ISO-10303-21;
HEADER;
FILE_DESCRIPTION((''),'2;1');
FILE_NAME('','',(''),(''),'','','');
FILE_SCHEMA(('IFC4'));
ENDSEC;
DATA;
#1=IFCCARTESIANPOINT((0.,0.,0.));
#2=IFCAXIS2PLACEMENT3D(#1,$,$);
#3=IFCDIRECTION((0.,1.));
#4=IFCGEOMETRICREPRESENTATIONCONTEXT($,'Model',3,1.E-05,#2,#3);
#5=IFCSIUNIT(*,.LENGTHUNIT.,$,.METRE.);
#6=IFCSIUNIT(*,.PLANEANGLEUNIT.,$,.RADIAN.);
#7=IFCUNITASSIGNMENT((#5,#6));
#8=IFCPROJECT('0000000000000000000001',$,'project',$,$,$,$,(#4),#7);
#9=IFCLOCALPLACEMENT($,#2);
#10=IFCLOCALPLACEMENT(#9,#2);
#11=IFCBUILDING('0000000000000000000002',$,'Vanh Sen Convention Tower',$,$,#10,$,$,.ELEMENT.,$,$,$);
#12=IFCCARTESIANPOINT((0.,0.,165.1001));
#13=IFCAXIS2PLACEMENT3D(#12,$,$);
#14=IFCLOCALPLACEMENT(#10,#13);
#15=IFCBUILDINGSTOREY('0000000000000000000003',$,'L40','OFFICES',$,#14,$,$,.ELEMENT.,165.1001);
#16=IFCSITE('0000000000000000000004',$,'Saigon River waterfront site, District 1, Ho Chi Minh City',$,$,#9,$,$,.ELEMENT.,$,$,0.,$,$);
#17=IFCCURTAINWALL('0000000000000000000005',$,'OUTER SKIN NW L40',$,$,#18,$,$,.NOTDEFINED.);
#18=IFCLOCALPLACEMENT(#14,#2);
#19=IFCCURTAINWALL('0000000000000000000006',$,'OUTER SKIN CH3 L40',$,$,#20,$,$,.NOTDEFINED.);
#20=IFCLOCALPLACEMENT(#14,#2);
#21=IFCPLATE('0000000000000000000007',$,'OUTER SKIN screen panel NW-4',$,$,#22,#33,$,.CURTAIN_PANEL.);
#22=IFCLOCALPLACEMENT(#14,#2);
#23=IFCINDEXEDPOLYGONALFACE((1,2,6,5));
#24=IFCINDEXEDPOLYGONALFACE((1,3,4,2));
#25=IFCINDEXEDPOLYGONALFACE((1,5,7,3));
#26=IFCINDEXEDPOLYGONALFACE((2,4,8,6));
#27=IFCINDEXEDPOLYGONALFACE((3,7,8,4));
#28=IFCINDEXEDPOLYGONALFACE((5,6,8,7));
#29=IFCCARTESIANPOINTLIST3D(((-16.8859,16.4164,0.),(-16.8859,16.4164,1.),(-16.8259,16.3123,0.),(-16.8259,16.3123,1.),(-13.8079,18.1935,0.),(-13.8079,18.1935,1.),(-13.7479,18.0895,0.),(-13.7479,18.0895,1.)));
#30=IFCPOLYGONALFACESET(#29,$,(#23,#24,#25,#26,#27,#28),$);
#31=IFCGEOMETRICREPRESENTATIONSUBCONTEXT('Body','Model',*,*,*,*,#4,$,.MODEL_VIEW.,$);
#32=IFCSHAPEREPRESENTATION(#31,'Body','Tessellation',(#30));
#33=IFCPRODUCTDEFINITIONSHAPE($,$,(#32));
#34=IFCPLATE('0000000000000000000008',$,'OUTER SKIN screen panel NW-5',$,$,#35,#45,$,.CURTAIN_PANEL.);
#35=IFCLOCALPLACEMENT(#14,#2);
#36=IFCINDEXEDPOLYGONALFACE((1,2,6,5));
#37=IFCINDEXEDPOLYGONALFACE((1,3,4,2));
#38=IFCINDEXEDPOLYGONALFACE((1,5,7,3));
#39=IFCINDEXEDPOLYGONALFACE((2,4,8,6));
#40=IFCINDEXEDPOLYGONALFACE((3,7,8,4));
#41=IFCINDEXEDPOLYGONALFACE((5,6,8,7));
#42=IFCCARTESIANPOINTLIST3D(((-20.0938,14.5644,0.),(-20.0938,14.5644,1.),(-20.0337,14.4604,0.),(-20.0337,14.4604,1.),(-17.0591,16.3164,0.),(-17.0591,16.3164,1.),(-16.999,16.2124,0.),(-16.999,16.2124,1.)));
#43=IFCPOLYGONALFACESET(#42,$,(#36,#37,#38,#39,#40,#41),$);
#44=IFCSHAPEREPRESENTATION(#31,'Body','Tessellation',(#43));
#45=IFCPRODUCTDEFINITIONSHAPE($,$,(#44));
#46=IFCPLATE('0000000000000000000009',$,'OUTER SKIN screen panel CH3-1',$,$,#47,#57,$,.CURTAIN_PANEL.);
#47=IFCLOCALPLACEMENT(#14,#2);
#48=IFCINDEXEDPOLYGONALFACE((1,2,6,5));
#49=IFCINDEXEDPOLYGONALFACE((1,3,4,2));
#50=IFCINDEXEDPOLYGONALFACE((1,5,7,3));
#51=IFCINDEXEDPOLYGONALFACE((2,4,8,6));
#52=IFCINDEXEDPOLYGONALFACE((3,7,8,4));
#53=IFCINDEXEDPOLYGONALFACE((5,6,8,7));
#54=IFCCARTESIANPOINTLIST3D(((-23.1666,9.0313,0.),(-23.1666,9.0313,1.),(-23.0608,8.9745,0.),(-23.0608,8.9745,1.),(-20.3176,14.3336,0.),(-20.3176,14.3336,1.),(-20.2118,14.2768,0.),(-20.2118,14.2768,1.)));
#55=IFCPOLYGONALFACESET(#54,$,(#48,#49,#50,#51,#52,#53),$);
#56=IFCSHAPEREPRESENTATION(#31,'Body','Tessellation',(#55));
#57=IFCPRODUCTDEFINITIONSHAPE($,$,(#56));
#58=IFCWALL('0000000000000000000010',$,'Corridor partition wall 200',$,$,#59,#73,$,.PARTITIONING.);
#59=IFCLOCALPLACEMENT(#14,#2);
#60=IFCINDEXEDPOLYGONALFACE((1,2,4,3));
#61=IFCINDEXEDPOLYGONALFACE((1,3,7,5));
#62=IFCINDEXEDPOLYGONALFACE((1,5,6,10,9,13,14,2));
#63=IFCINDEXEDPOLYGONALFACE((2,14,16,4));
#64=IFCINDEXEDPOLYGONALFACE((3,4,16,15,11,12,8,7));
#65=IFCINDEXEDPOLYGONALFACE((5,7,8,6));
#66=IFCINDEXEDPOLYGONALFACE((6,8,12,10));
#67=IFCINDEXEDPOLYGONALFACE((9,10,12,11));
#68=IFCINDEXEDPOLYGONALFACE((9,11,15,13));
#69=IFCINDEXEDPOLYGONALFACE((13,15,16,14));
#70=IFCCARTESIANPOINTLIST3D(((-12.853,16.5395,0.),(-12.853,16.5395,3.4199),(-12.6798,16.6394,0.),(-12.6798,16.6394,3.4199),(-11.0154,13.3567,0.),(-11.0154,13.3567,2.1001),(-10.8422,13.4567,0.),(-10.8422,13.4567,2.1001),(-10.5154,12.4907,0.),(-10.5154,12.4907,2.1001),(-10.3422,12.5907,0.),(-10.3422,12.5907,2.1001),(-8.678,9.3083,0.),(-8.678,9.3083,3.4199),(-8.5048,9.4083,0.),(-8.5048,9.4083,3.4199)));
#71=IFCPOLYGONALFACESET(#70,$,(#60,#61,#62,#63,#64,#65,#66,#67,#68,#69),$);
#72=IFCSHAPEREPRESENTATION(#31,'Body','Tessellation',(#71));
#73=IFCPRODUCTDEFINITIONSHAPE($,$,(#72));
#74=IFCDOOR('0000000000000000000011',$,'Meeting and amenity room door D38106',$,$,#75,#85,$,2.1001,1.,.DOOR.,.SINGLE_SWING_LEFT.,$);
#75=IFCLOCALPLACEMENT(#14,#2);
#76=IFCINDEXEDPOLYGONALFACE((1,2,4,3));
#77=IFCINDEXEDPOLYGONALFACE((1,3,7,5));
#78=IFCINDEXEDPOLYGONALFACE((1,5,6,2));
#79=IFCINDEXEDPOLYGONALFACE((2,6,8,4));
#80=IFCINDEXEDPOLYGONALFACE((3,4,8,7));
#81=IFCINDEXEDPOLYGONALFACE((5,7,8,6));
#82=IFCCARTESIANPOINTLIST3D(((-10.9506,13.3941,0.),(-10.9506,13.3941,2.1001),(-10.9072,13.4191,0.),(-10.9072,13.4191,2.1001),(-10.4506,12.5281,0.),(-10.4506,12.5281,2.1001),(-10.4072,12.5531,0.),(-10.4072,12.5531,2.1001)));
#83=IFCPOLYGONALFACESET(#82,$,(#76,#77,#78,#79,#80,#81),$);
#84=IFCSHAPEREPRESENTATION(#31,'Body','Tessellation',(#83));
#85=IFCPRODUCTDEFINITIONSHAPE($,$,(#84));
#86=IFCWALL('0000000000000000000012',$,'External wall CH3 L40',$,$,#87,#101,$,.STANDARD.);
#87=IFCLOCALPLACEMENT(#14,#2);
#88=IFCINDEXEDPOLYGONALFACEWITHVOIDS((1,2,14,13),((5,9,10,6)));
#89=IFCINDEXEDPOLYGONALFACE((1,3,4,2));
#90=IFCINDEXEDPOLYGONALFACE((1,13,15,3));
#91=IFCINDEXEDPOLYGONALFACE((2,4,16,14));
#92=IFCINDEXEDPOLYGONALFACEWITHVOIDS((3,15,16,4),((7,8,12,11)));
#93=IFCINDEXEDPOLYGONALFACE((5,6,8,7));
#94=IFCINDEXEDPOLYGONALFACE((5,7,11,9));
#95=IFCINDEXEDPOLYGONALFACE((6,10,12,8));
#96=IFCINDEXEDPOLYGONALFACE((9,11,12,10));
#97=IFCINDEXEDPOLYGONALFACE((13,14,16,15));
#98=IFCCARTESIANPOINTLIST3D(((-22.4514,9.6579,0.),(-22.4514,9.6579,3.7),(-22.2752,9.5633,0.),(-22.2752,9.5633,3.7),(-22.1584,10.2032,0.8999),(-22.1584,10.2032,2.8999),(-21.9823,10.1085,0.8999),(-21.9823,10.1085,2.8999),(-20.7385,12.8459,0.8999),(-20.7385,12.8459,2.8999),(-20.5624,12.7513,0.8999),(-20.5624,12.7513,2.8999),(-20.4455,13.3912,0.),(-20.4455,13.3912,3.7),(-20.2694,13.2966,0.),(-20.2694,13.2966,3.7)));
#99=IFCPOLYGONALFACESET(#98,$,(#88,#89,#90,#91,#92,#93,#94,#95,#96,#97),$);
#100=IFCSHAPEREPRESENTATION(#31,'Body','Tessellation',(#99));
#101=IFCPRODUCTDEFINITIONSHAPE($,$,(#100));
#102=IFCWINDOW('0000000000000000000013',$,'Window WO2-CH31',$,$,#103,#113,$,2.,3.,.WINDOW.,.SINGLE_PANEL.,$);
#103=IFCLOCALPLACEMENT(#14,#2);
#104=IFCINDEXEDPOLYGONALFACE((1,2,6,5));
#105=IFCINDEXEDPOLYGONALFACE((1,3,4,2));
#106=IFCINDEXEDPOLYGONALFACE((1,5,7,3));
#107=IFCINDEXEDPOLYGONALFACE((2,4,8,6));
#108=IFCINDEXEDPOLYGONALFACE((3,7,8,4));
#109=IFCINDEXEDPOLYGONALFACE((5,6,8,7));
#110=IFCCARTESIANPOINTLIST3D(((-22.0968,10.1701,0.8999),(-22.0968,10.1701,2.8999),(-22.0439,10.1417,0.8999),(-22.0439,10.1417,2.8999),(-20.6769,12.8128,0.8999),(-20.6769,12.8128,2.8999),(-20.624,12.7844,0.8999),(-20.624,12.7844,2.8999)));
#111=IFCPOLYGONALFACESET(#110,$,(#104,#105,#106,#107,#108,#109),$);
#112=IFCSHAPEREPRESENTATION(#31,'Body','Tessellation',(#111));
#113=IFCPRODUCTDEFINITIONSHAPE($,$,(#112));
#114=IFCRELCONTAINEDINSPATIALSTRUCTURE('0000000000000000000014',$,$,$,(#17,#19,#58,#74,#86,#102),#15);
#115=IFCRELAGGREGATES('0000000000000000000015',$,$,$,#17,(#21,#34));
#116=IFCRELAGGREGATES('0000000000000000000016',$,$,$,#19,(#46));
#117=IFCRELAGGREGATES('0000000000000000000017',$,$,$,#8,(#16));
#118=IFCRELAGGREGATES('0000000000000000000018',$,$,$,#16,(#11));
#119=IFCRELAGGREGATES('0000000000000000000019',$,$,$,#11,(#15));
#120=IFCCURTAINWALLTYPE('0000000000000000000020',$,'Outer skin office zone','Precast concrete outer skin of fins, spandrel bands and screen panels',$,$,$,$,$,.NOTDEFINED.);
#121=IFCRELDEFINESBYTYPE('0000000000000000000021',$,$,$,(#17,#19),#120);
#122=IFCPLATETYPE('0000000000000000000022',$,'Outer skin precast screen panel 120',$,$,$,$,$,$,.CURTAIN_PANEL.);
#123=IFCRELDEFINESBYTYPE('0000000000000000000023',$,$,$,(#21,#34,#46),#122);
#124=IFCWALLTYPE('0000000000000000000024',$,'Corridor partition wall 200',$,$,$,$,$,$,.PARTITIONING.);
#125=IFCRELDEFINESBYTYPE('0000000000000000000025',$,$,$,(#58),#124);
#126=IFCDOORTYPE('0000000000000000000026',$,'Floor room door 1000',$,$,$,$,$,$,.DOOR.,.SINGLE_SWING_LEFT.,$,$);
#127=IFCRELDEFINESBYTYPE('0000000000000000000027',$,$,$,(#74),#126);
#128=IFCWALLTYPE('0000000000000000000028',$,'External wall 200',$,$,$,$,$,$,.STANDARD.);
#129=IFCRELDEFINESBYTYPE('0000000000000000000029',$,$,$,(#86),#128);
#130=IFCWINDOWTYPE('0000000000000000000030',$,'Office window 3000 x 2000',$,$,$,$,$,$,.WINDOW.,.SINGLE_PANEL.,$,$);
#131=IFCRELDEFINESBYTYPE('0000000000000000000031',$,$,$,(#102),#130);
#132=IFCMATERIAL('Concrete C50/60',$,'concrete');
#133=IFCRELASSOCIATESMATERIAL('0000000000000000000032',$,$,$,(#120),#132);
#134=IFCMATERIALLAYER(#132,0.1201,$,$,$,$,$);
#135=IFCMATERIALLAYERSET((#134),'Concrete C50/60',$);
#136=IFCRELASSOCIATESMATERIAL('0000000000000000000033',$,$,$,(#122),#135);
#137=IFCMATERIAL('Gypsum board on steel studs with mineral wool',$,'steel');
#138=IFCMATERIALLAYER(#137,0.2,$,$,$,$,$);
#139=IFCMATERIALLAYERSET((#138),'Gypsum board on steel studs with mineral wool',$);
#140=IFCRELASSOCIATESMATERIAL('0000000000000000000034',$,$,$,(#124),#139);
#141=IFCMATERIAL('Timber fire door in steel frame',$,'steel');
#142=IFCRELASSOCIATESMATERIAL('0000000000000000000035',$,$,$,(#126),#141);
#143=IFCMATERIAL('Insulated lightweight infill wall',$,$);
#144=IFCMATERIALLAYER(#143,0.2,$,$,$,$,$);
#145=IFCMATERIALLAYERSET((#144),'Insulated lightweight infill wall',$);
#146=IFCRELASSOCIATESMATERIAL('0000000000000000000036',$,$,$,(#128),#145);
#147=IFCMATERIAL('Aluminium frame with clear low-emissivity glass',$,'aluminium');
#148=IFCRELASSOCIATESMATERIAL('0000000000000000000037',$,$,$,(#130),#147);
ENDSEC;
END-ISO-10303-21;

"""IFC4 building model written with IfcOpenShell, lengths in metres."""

from ifc_helpers import new_model, si_unit, direction, frame, frame_2d, origin, origin_2d, place, context, subcontext, project, spatial, rectangle, extrude, material, layer, layer_set, type_object, element, fill, aggregate, save


model = new_model("IFC4")

# Units and contexts
model_context = context("Model", 3, precision=1e-05, world=origin(), true_north=direction((0.0, 1.0)))
body_context = subcontext(model_context, "Body", "Model", "MODEL_VIEW")
ifc_project = project(units=[si_unit("LENGTHUNIT", "METRE"), si_unit("PLANEANGLEUNIT", "RADIAN")], contexts=[model_context])

# Site, building, storey
site_placement = place(None, origin())
site = spatial("IfcSite", under=ifc_project, at=site_placement, Name="Saigon River waterfront site, District 1, Ho Chi Minh City", CompositionType="ELEMENT", RefElevation=0.0)
building_placement = place(site_placement, origin())
building = spatial("IfcBuilding", under=site, at=building_placement, Name="Vanh Sen Convention Tower", CompositionType="ELEMENT")
storey_placement = place(building_placement, frame((0.0, 0.0, 165.1001)))
storey = spatial("IfcBuildingStorey", under=building, at=storey_placement, Name="L40", Description="OFFICES", CompositionType="ELEMENT", Elevation=165.1001)

# Curtain wall
ifc_material_1 = material(Name="Concrete C50/60", Category="concrete")
curtain_wall_type = type_object("IfcCurtainWallType", Name="Outer skin office zone", Description="Precast concrete outer skin of fins, spandrel bands and screen panels", PredefinedType="NOTDEFINED", material=ifc_material_1)
curtain_wall_1_placement = place(storey_placement, origin())
curtain_wall_1 = element("IfcCurtainWall", 1, at=curtain_wall_1_placement, inside=storey, type_object=curtain_wall_type, Name="OUTER SKIN NW L40", PredefinedType="NOTDEFINED")

# Curtain wall
curtain_wall_2_placement = place(storey_placement, origin())
curtain_wall_2 = element("IfcCurtainWall", 2, at=curtain_wall_2_placement, inside=storey, type_object=curtain_wall_type, Name="OUTER SKIN CH3 L40", PredefinedType="NOTDEFINED")

# Plates
ifc_layer_1 = layer(ifc_material_1, 0.1201)
ifc_layer_set_1 = layer_set([ifc_layer_1], Name="Concrete C50/60")
plate_type = type_object("IfcPlateType", Name="Outer skin precast screen panel 120", PredefinedType="CURTAIN_PANEL", material=ifc_layer_set_1)
plate_1_placement = place(storey_placement, frame((-15.3169, 17.2529, 0.0), z_axis=(0.0, 0.0, 1.0), x_axis=(-0.866017, -0.500015, 0.0)))
plate_1 = element("IfcPlate", 3, at=plate_1_placement, type_object=plate_type, Name="OUTER SKIN screen panel NW-4", PredefinedType="CURTAIN_PANEL", context=body_context, shape_type="SweptSolid", body=[
    extrude(rectangle(XDim=3.5542, YDim=0.1201, at=origin_2d()), origin(), (0.0, 0.0, 1.0), 1.0),
])
plate_2_placement = place(storey_placement, frame((-18.5464, 15.3884, 0.0), z_axis=(0.0, 0.0, 1.0), x_axis=(-0.866035, -0.499983, 0.0)))
plate_2 = element("IfcPlate", 4, at=plate_2_placement, type_object=plate_type, Name="OUTER SKIN screen panel NW-5", PredefinedType="CURTAIN_PANEL", context=body_context, shape_type="SweptSolid", body=[
    extrude(rectangle(XDim=3.5042, YDim=0.1201, at=origin_2d()), origin(), (0.0, 0.0, 1.0), 1.0),
])
aggregate(curtain_wall_1, [plate_1, plate_2])
plate_3_placement = place(storey_placement, frame((-21.6892, 11.6541, 0.0), z_axis=(0.0, 0.0, 1.0), x_axis=(-0.473318, -0.880892, 0.0)))
plate_3 = element("IfcPlate", 5, at=plate_3_placement, type_object=plate_type, Name="OUTER SKIN screen panel CH3-1", PredefinedType="CURTAIN_PANEL", context=body_context, shape_type="SweptSolid", body=[
    extrude(rectangle(XDim=6.0193, YDim=0.1201, at=origin_2d()), origin(), (0.0, 0.0, 1.0), 1.0),
])
aggregate(curtain_wall_2, [plate_3])

# Wall, opening, door
ifc_material_2 = material(Name="Gypsum board on steel studs with mineral wool", Category="steel")
ifc_layer_2 = layer(ifc_material_2, 0.2)
ifc_layer_set_2 = layer_set([ifc_layer_2], Name="Gypsum board on steel studs with mineral wool")
wall_type_1 = type_object("IfcWallType", Name="Corridor partition wall 200", PredefinedType="PARTITIONING", material=ifc_layer_set_2)
wall_1_placement = place(storey_placement, frame((-12.7664, 16.5894, 0.0), z_axis=(0.0, 0.0, 1.0), x_axis=(0.50001, -0.86602, 0.0)))
wall_1 = element("IfcWall", 6, at=wall_1_placement, inside=storey, type_object=wall_type_1, Name="Corridor partition wall 200", PredefinedType="PARTITIONING", context=body_context, shape_type="SweptSolid", body=[
    extrude(rectangle(XDim=8.3499, YDim=0.2, at=frame_2d((4.1748, 0.0))), origin(), (0.0, 0.0, 1.0), 3.4199),
])
opening_1_placement = place(wall_1_placement, frame((3.675, 0.0, 0.0)))
opening_1 = element("IfcOpeningElement", 7, at=opening_1_placement, cuts=wall_1, PredefinedType="OPENING", context=body_context, shape_type="SweptSolid", body=[
    extrude(rectangle(XDim=1.0, YDim=2.1001, at=frame_2d((0.5, 1.05))), frame((0.0, 0.1099, 0.0), z_axis=(0.0, -1.0, 0.0), x_axis=(1.0, 0.0, 0.0)), (0.0, 0.0, 1.0), 0.22),
])
ifc_material_3 = material(Name="Timber fire door in steel frame", Category="steel")
door_type = type_object("IfcDoorType", Name="Floor room door 1000", OperationType="SINGLE_SWING_LEFT", PredefinedType="DOOR", material=ifc_material_3)
door_placement = place(opening_1_placement, origin())
door = element("IfcDoor", 8, at=door_placement, inside=storey, type_object=door_type, Name="Meeting and amenity room door D38106", OperationType="SINGLE_SWING_LEFT", OverallHeight=2.1001, OverallWidth=1.0, PredefinedType="DOOR", context=body_context, shape_type="SweptSolid", body=[
    extrude(rectangle(XDim=1.0, YDim=2.1001, at=frame_2d((0.5, 1.05))), frame((0.0, 0.0249, 0.0), z_axis=(0.0, -1.0, 0.0), x_axis=(1.0, 0.0, 0.0)), (0.0, 0.0, 1.0), 0.05),
])
fill(opening_1, door)

# Wall, opening, window
ifc_material_4 = material(Name="Insulated lightweight infill wall")
ifc_layer_3 = layer(ifc_material_4, 0.2)
ifc_layer_set_3 = layer_set([ifc_layer_3], Name="Insulated lightweight infill wall")
wall_type_2 = type_object("IfcWallType", Name="External wall 200", PredefinedType="STANDARD", material=ifc_layer_set_3)
wall_2_placement = place(storey_placement, frame((-20.3574, 13.344, 0.0), z_axis=(0.0, 0.0, 1.0), x_axis=(-0.473289, -0.880907, 0.0)))
wall_2 = element("IfcWall", 9, at=wall_2_placement, inside=storey, type_object=wall_type_2, Name="External wall CH3 L40", PredefinedType="STANDARD", context=body_context, shape_type="SweptSolid", body=[
    extrude(rectangle(XDim=4.238, YDim=0.2, at=frame_2d((2.1191, 0.0))), origin(), (0.0, 0.0, 1.0), 3.7),
])
opening_2_placement = place(wall_2_placement, frame((0.6191, 0.0, 0.8999)))
opening_2 = element("IfcOpeningElement", 10, at=opening_2_placement, cuts=wall_2, PredefinedType="OPENING", context=body_context, shape_type="SweptSolid", body=[
    extrude(rectangle(XDim=3.0, YDim=2.0, at=frame_2d((1.5, 1.0))), frame((0.0, 0.1099, 0.0), z_axis=(0.0, -1.0, 0.0), x_axis=(1.0, 0.0, 0.0)), (0.0, 0.0, 1.0), 0.22),
])
ifc_material_5 = material(Name="Aluminium frame with clear low-emissivity glass", Category="aluminium")
window_type_1 = type_object("IfcWindowType", Name="Office window 3000 x 2000", PartitioningType="SINGLE_PANEL", PredefinedType="WINDOW", material=ifc_material_5)
window_1_placement = place(opening_2_placement, origin())
window_1 = element("IfcWindow", 11, at=window_1_placement, inside=storey, type_object=window_type_1, Name="Window WO2-CH31", OverallHeight=2.0, OverallWidth=3.0, PartitioningType="SINGLE_PANEL", PredefinedType="WINDOW", context=body_context, shape_type="SweptSolid", body=[
    extrude(rectangle(XDim=3.0, YDim=2.0, at=frame_2d((1.5, 1.0))), frame((0.0, 0.03, 0.0), z_axis=(0.0, -1.0, 0.0), x_axis=(1.0, 0.0, 0.0)), (0.0, 0.0, 1.0), 0.0601),
])
fill(opening_2, window_1)

save(model, "model.ifc")
